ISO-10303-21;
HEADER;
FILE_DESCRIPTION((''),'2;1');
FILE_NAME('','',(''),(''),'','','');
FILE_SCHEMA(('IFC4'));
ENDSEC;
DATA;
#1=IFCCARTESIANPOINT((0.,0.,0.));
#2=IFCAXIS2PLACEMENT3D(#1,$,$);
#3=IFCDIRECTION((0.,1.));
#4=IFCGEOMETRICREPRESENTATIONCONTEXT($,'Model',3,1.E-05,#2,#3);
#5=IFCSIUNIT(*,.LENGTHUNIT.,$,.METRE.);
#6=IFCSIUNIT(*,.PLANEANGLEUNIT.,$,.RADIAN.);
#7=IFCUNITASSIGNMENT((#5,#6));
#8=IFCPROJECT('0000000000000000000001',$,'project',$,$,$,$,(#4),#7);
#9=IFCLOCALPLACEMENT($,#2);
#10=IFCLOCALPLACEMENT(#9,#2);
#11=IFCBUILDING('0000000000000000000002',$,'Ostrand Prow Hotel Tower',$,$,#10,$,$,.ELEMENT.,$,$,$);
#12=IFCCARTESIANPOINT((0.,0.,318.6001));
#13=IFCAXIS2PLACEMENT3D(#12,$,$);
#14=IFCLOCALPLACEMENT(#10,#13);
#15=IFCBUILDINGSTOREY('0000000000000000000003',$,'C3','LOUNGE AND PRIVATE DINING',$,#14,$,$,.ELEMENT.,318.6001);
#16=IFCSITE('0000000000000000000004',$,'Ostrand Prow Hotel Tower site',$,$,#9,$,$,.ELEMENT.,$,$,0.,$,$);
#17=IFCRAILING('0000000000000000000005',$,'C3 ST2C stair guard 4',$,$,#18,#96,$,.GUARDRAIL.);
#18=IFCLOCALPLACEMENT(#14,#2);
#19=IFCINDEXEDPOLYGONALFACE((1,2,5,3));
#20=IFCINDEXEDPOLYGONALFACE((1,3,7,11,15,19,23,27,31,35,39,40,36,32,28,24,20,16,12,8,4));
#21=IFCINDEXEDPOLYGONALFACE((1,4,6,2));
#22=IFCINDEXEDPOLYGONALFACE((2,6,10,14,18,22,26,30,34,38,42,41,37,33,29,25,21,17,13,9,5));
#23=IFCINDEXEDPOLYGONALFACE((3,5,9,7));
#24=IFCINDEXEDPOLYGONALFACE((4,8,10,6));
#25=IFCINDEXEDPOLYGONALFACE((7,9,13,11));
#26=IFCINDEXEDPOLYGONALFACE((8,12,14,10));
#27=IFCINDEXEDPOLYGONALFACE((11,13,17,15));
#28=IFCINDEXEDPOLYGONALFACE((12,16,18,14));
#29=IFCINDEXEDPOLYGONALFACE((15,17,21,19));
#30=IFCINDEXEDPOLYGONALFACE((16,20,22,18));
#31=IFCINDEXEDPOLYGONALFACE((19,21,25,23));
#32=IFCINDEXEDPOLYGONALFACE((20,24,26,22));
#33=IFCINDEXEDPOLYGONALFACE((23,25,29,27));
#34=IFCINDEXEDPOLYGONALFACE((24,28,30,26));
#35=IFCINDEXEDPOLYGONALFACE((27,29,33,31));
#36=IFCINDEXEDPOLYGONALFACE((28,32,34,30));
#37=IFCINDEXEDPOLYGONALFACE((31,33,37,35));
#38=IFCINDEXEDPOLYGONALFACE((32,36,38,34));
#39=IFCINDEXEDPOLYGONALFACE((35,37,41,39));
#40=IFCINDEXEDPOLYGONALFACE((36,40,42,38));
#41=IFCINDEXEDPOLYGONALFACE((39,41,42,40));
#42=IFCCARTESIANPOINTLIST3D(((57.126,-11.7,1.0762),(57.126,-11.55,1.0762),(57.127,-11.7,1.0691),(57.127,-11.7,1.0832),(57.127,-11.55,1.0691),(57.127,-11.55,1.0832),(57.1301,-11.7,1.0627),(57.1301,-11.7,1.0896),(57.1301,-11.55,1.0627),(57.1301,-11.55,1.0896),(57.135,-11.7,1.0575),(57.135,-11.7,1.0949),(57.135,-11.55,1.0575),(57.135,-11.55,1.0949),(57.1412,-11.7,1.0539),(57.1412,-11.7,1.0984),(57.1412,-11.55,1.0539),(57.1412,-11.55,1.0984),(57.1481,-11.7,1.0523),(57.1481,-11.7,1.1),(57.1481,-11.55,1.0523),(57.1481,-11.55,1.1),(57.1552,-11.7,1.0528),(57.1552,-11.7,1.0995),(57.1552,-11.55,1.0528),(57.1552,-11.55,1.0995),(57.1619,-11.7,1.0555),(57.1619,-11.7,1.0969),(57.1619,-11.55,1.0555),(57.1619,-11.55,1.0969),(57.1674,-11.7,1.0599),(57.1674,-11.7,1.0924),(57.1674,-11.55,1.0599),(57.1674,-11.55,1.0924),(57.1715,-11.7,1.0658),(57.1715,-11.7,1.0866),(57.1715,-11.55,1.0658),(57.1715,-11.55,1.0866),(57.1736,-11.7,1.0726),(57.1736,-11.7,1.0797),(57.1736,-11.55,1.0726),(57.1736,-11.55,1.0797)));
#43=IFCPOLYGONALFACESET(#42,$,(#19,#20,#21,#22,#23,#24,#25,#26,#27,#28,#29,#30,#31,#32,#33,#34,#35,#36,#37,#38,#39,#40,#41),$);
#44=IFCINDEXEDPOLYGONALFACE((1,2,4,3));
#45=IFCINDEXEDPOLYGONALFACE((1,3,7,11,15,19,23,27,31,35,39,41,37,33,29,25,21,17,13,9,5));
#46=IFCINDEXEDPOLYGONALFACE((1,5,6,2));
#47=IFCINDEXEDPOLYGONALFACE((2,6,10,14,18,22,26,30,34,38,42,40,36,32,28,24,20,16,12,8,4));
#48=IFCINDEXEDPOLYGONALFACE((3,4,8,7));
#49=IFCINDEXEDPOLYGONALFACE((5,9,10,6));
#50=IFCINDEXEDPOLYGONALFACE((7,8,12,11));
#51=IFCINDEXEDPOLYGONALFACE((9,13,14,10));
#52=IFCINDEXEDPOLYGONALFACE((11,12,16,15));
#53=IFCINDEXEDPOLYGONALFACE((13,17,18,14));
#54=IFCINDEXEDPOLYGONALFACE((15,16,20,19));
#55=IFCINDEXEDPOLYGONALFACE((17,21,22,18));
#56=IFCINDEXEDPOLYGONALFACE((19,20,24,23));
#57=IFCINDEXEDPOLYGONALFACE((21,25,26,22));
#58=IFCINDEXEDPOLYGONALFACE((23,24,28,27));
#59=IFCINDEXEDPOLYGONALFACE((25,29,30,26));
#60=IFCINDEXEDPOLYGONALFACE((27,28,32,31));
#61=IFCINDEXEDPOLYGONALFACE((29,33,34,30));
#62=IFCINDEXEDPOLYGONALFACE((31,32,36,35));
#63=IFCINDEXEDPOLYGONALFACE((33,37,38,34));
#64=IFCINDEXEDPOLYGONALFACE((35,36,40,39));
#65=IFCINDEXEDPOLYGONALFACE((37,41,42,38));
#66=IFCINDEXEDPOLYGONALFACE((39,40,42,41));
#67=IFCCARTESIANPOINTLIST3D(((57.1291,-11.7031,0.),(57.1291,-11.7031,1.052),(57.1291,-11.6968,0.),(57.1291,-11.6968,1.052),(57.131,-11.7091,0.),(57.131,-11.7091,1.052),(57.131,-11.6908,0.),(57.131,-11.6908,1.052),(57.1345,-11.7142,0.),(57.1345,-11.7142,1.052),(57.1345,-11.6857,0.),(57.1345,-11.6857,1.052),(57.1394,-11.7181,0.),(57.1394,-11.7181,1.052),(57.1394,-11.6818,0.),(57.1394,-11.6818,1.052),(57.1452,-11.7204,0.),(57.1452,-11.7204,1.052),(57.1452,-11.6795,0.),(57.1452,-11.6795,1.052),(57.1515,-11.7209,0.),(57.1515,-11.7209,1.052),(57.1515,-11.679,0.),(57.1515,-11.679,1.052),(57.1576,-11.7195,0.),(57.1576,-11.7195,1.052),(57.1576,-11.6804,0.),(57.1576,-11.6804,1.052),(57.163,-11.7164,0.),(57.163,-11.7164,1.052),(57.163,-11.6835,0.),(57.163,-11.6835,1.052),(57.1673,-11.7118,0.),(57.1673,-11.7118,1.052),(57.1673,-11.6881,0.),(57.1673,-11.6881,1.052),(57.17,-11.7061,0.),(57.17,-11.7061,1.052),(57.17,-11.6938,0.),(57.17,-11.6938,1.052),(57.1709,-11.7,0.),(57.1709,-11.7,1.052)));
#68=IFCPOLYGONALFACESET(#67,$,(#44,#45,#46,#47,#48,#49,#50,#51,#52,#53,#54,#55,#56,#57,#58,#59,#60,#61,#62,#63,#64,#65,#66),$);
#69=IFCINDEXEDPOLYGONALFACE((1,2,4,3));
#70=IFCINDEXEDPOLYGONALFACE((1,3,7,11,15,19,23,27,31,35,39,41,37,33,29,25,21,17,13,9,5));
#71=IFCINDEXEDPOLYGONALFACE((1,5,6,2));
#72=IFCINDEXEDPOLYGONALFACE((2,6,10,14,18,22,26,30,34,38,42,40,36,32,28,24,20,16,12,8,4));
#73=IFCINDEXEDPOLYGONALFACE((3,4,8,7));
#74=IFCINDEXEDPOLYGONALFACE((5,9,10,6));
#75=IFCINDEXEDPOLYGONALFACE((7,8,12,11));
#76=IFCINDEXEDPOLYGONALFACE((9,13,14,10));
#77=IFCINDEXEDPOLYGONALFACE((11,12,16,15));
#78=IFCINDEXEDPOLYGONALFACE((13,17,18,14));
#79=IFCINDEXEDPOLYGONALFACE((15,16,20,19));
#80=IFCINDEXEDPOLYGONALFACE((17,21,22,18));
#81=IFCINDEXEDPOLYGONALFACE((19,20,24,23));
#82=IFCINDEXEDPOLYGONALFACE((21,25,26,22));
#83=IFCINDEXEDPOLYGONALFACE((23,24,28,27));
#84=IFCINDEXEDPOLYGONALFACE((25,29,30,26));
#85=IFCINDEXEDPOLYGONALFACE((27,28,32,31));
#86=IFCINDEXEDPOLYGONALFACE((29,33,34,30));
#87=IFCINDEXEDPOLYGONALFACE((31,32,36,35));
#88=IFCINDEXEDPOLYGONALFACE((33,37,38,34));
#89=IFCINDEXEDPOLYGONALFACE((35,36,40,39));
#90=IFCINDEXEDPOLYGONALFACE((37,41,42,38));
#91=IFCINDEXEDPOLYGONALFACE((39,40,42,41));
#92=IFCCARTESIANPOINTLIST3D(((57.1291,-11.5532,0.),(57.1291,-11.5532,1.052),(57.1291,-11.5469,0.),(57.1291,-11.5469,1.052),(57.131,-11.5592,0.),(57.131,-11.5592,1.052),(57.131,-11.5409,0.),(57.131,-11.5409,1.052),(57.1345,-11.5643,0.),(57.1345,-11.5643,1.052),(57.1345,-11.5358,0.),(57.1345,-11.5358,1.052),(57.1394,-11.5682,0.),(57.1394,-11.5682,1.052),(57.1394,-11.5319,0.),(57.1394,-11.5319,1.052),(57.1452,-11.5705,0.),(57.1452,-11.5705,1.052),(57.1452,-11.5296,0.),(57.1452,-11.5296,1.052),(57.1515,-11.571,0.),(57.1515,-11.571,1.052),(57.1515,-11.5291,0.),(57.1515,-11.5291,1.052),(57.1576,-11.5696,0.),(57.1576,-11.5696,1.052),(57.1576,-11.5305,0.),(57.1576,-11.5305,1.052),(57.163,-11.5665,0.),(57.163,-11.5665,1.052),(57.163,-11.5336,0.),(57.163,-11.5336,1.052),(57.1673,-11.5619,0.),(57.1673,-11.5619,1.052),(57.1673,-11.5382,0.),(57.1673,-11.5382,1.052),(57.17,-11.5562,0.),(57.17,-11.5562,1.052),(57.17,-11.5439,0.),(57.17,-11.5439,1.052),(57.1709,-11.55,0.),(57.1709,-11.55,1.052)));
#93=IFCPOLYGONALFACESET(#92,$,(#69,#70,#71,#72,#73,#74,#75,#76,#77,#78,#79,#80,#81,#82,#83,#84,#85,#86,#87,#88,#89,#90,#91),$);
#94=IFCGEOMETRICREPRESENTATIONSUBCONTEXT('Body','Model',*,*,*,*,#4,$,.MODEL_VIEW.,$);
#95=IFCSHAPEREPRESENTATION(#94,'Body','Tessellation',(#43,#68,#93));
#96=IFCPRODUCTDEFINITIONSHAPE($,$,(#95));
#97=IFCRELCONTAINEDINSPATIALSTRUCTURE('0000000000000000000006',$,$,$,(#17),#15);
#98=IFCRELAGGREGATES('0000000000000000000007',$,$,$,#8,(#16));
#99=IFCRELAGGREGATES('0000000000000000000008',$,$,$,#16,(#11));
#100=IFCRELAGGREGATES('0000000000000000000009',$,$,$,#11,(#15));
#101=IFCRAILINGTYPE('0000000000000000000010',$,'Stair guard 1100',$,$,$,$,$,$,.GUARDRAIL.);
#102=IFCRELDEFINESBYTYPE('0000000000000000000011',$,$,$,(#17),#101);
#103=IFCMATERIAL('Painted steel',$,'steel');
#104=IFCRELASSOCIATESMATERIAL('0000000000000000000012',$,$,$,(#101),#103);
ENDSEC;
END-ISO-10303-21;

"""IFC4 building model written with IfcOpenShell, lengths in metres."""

from ifc_helpers import new_model, si_unit, direction, frame, origin, origin_2d, place, context, subcontext, project, spatial, circle, extrude, material, type_object, element, save


model = new_model("IFC4")

# Units and contexts
model_context = context("Model", 3, precision=1e-05, world=origin(), true_north=direction((0.0, 1.0)))
body_context = subcontext(model_context, "Body", "Model", "MODEL_VIEW")
ifc_project = project(units=[si_unit("LENGTHUNIT", "METRE"), si_unit("PLANEANGLEUNIT", "RADIAN")], contexts=[model_context])

# Site, building, storey
site_placement = place(None, origin())
site = spatial("IfcSite", under=ifc_project, at=site_placement, Name="Ostrand Prow Hotel Tower site", CompositionType="ELEMENT", RefElevation=0.0)
building_placement = place(site_placement, origin())
building = spatial("IfcBuilding", under=site, at=building_placement, Name="Ostrand Prow Hotel Tower", CompositionType="ELEMENT")
storey_placement = place(building_placement, frame((0.0, 0.0, 318.6001)))
storey = spatial("IfcBuildingStorey", under=building, at=storey_placement, Name="C3", Description="LOUNGE AND PRIVATE DINING", CompositionType="ELEMENT", Elevation=318.6001)

# Railing
ifc_material_1 = material(Name="Painted steel", Category="steel")
railing_type_1 = type_object("IfcRailingType", Name="Stair guard 1100", PredefinedType="GUARDRAIL", material=ifc_material_1)
railing_1_placement = place(storey_placement, frame((57.1499, -11.7, 0.0)))
element("IfcRailing", 1, at=railing_1_placement, inside=storey, type_object=railing_type_1, Name="C3 ST2C stair guard 4", PredefinedType="GUARDRAIL", context=body_context, shape_type="SweptSolid", body=[
    extrude(circle(Radius=0.0239, at=origin_2d()), frame((0.0, 0.0, 1.0762), z_axis=(0.0, 1.0, 0.0), x_axis=(-1.0, 0.0, 0.0)), (0.0, 0.0, 1.0), 0.1499),
    extrude(circle(Radius=0.021, at=origin_2d()), origin(), (0.0, 0.0, 1.0), 1.052),
    extrude(circle(Radius=0.021, at=origin_2d()), frame((0.0, 0.1499, 0.0)), (0.0, 0.0, 1.0), 1.052),
])

save(model, "model.ifc")
